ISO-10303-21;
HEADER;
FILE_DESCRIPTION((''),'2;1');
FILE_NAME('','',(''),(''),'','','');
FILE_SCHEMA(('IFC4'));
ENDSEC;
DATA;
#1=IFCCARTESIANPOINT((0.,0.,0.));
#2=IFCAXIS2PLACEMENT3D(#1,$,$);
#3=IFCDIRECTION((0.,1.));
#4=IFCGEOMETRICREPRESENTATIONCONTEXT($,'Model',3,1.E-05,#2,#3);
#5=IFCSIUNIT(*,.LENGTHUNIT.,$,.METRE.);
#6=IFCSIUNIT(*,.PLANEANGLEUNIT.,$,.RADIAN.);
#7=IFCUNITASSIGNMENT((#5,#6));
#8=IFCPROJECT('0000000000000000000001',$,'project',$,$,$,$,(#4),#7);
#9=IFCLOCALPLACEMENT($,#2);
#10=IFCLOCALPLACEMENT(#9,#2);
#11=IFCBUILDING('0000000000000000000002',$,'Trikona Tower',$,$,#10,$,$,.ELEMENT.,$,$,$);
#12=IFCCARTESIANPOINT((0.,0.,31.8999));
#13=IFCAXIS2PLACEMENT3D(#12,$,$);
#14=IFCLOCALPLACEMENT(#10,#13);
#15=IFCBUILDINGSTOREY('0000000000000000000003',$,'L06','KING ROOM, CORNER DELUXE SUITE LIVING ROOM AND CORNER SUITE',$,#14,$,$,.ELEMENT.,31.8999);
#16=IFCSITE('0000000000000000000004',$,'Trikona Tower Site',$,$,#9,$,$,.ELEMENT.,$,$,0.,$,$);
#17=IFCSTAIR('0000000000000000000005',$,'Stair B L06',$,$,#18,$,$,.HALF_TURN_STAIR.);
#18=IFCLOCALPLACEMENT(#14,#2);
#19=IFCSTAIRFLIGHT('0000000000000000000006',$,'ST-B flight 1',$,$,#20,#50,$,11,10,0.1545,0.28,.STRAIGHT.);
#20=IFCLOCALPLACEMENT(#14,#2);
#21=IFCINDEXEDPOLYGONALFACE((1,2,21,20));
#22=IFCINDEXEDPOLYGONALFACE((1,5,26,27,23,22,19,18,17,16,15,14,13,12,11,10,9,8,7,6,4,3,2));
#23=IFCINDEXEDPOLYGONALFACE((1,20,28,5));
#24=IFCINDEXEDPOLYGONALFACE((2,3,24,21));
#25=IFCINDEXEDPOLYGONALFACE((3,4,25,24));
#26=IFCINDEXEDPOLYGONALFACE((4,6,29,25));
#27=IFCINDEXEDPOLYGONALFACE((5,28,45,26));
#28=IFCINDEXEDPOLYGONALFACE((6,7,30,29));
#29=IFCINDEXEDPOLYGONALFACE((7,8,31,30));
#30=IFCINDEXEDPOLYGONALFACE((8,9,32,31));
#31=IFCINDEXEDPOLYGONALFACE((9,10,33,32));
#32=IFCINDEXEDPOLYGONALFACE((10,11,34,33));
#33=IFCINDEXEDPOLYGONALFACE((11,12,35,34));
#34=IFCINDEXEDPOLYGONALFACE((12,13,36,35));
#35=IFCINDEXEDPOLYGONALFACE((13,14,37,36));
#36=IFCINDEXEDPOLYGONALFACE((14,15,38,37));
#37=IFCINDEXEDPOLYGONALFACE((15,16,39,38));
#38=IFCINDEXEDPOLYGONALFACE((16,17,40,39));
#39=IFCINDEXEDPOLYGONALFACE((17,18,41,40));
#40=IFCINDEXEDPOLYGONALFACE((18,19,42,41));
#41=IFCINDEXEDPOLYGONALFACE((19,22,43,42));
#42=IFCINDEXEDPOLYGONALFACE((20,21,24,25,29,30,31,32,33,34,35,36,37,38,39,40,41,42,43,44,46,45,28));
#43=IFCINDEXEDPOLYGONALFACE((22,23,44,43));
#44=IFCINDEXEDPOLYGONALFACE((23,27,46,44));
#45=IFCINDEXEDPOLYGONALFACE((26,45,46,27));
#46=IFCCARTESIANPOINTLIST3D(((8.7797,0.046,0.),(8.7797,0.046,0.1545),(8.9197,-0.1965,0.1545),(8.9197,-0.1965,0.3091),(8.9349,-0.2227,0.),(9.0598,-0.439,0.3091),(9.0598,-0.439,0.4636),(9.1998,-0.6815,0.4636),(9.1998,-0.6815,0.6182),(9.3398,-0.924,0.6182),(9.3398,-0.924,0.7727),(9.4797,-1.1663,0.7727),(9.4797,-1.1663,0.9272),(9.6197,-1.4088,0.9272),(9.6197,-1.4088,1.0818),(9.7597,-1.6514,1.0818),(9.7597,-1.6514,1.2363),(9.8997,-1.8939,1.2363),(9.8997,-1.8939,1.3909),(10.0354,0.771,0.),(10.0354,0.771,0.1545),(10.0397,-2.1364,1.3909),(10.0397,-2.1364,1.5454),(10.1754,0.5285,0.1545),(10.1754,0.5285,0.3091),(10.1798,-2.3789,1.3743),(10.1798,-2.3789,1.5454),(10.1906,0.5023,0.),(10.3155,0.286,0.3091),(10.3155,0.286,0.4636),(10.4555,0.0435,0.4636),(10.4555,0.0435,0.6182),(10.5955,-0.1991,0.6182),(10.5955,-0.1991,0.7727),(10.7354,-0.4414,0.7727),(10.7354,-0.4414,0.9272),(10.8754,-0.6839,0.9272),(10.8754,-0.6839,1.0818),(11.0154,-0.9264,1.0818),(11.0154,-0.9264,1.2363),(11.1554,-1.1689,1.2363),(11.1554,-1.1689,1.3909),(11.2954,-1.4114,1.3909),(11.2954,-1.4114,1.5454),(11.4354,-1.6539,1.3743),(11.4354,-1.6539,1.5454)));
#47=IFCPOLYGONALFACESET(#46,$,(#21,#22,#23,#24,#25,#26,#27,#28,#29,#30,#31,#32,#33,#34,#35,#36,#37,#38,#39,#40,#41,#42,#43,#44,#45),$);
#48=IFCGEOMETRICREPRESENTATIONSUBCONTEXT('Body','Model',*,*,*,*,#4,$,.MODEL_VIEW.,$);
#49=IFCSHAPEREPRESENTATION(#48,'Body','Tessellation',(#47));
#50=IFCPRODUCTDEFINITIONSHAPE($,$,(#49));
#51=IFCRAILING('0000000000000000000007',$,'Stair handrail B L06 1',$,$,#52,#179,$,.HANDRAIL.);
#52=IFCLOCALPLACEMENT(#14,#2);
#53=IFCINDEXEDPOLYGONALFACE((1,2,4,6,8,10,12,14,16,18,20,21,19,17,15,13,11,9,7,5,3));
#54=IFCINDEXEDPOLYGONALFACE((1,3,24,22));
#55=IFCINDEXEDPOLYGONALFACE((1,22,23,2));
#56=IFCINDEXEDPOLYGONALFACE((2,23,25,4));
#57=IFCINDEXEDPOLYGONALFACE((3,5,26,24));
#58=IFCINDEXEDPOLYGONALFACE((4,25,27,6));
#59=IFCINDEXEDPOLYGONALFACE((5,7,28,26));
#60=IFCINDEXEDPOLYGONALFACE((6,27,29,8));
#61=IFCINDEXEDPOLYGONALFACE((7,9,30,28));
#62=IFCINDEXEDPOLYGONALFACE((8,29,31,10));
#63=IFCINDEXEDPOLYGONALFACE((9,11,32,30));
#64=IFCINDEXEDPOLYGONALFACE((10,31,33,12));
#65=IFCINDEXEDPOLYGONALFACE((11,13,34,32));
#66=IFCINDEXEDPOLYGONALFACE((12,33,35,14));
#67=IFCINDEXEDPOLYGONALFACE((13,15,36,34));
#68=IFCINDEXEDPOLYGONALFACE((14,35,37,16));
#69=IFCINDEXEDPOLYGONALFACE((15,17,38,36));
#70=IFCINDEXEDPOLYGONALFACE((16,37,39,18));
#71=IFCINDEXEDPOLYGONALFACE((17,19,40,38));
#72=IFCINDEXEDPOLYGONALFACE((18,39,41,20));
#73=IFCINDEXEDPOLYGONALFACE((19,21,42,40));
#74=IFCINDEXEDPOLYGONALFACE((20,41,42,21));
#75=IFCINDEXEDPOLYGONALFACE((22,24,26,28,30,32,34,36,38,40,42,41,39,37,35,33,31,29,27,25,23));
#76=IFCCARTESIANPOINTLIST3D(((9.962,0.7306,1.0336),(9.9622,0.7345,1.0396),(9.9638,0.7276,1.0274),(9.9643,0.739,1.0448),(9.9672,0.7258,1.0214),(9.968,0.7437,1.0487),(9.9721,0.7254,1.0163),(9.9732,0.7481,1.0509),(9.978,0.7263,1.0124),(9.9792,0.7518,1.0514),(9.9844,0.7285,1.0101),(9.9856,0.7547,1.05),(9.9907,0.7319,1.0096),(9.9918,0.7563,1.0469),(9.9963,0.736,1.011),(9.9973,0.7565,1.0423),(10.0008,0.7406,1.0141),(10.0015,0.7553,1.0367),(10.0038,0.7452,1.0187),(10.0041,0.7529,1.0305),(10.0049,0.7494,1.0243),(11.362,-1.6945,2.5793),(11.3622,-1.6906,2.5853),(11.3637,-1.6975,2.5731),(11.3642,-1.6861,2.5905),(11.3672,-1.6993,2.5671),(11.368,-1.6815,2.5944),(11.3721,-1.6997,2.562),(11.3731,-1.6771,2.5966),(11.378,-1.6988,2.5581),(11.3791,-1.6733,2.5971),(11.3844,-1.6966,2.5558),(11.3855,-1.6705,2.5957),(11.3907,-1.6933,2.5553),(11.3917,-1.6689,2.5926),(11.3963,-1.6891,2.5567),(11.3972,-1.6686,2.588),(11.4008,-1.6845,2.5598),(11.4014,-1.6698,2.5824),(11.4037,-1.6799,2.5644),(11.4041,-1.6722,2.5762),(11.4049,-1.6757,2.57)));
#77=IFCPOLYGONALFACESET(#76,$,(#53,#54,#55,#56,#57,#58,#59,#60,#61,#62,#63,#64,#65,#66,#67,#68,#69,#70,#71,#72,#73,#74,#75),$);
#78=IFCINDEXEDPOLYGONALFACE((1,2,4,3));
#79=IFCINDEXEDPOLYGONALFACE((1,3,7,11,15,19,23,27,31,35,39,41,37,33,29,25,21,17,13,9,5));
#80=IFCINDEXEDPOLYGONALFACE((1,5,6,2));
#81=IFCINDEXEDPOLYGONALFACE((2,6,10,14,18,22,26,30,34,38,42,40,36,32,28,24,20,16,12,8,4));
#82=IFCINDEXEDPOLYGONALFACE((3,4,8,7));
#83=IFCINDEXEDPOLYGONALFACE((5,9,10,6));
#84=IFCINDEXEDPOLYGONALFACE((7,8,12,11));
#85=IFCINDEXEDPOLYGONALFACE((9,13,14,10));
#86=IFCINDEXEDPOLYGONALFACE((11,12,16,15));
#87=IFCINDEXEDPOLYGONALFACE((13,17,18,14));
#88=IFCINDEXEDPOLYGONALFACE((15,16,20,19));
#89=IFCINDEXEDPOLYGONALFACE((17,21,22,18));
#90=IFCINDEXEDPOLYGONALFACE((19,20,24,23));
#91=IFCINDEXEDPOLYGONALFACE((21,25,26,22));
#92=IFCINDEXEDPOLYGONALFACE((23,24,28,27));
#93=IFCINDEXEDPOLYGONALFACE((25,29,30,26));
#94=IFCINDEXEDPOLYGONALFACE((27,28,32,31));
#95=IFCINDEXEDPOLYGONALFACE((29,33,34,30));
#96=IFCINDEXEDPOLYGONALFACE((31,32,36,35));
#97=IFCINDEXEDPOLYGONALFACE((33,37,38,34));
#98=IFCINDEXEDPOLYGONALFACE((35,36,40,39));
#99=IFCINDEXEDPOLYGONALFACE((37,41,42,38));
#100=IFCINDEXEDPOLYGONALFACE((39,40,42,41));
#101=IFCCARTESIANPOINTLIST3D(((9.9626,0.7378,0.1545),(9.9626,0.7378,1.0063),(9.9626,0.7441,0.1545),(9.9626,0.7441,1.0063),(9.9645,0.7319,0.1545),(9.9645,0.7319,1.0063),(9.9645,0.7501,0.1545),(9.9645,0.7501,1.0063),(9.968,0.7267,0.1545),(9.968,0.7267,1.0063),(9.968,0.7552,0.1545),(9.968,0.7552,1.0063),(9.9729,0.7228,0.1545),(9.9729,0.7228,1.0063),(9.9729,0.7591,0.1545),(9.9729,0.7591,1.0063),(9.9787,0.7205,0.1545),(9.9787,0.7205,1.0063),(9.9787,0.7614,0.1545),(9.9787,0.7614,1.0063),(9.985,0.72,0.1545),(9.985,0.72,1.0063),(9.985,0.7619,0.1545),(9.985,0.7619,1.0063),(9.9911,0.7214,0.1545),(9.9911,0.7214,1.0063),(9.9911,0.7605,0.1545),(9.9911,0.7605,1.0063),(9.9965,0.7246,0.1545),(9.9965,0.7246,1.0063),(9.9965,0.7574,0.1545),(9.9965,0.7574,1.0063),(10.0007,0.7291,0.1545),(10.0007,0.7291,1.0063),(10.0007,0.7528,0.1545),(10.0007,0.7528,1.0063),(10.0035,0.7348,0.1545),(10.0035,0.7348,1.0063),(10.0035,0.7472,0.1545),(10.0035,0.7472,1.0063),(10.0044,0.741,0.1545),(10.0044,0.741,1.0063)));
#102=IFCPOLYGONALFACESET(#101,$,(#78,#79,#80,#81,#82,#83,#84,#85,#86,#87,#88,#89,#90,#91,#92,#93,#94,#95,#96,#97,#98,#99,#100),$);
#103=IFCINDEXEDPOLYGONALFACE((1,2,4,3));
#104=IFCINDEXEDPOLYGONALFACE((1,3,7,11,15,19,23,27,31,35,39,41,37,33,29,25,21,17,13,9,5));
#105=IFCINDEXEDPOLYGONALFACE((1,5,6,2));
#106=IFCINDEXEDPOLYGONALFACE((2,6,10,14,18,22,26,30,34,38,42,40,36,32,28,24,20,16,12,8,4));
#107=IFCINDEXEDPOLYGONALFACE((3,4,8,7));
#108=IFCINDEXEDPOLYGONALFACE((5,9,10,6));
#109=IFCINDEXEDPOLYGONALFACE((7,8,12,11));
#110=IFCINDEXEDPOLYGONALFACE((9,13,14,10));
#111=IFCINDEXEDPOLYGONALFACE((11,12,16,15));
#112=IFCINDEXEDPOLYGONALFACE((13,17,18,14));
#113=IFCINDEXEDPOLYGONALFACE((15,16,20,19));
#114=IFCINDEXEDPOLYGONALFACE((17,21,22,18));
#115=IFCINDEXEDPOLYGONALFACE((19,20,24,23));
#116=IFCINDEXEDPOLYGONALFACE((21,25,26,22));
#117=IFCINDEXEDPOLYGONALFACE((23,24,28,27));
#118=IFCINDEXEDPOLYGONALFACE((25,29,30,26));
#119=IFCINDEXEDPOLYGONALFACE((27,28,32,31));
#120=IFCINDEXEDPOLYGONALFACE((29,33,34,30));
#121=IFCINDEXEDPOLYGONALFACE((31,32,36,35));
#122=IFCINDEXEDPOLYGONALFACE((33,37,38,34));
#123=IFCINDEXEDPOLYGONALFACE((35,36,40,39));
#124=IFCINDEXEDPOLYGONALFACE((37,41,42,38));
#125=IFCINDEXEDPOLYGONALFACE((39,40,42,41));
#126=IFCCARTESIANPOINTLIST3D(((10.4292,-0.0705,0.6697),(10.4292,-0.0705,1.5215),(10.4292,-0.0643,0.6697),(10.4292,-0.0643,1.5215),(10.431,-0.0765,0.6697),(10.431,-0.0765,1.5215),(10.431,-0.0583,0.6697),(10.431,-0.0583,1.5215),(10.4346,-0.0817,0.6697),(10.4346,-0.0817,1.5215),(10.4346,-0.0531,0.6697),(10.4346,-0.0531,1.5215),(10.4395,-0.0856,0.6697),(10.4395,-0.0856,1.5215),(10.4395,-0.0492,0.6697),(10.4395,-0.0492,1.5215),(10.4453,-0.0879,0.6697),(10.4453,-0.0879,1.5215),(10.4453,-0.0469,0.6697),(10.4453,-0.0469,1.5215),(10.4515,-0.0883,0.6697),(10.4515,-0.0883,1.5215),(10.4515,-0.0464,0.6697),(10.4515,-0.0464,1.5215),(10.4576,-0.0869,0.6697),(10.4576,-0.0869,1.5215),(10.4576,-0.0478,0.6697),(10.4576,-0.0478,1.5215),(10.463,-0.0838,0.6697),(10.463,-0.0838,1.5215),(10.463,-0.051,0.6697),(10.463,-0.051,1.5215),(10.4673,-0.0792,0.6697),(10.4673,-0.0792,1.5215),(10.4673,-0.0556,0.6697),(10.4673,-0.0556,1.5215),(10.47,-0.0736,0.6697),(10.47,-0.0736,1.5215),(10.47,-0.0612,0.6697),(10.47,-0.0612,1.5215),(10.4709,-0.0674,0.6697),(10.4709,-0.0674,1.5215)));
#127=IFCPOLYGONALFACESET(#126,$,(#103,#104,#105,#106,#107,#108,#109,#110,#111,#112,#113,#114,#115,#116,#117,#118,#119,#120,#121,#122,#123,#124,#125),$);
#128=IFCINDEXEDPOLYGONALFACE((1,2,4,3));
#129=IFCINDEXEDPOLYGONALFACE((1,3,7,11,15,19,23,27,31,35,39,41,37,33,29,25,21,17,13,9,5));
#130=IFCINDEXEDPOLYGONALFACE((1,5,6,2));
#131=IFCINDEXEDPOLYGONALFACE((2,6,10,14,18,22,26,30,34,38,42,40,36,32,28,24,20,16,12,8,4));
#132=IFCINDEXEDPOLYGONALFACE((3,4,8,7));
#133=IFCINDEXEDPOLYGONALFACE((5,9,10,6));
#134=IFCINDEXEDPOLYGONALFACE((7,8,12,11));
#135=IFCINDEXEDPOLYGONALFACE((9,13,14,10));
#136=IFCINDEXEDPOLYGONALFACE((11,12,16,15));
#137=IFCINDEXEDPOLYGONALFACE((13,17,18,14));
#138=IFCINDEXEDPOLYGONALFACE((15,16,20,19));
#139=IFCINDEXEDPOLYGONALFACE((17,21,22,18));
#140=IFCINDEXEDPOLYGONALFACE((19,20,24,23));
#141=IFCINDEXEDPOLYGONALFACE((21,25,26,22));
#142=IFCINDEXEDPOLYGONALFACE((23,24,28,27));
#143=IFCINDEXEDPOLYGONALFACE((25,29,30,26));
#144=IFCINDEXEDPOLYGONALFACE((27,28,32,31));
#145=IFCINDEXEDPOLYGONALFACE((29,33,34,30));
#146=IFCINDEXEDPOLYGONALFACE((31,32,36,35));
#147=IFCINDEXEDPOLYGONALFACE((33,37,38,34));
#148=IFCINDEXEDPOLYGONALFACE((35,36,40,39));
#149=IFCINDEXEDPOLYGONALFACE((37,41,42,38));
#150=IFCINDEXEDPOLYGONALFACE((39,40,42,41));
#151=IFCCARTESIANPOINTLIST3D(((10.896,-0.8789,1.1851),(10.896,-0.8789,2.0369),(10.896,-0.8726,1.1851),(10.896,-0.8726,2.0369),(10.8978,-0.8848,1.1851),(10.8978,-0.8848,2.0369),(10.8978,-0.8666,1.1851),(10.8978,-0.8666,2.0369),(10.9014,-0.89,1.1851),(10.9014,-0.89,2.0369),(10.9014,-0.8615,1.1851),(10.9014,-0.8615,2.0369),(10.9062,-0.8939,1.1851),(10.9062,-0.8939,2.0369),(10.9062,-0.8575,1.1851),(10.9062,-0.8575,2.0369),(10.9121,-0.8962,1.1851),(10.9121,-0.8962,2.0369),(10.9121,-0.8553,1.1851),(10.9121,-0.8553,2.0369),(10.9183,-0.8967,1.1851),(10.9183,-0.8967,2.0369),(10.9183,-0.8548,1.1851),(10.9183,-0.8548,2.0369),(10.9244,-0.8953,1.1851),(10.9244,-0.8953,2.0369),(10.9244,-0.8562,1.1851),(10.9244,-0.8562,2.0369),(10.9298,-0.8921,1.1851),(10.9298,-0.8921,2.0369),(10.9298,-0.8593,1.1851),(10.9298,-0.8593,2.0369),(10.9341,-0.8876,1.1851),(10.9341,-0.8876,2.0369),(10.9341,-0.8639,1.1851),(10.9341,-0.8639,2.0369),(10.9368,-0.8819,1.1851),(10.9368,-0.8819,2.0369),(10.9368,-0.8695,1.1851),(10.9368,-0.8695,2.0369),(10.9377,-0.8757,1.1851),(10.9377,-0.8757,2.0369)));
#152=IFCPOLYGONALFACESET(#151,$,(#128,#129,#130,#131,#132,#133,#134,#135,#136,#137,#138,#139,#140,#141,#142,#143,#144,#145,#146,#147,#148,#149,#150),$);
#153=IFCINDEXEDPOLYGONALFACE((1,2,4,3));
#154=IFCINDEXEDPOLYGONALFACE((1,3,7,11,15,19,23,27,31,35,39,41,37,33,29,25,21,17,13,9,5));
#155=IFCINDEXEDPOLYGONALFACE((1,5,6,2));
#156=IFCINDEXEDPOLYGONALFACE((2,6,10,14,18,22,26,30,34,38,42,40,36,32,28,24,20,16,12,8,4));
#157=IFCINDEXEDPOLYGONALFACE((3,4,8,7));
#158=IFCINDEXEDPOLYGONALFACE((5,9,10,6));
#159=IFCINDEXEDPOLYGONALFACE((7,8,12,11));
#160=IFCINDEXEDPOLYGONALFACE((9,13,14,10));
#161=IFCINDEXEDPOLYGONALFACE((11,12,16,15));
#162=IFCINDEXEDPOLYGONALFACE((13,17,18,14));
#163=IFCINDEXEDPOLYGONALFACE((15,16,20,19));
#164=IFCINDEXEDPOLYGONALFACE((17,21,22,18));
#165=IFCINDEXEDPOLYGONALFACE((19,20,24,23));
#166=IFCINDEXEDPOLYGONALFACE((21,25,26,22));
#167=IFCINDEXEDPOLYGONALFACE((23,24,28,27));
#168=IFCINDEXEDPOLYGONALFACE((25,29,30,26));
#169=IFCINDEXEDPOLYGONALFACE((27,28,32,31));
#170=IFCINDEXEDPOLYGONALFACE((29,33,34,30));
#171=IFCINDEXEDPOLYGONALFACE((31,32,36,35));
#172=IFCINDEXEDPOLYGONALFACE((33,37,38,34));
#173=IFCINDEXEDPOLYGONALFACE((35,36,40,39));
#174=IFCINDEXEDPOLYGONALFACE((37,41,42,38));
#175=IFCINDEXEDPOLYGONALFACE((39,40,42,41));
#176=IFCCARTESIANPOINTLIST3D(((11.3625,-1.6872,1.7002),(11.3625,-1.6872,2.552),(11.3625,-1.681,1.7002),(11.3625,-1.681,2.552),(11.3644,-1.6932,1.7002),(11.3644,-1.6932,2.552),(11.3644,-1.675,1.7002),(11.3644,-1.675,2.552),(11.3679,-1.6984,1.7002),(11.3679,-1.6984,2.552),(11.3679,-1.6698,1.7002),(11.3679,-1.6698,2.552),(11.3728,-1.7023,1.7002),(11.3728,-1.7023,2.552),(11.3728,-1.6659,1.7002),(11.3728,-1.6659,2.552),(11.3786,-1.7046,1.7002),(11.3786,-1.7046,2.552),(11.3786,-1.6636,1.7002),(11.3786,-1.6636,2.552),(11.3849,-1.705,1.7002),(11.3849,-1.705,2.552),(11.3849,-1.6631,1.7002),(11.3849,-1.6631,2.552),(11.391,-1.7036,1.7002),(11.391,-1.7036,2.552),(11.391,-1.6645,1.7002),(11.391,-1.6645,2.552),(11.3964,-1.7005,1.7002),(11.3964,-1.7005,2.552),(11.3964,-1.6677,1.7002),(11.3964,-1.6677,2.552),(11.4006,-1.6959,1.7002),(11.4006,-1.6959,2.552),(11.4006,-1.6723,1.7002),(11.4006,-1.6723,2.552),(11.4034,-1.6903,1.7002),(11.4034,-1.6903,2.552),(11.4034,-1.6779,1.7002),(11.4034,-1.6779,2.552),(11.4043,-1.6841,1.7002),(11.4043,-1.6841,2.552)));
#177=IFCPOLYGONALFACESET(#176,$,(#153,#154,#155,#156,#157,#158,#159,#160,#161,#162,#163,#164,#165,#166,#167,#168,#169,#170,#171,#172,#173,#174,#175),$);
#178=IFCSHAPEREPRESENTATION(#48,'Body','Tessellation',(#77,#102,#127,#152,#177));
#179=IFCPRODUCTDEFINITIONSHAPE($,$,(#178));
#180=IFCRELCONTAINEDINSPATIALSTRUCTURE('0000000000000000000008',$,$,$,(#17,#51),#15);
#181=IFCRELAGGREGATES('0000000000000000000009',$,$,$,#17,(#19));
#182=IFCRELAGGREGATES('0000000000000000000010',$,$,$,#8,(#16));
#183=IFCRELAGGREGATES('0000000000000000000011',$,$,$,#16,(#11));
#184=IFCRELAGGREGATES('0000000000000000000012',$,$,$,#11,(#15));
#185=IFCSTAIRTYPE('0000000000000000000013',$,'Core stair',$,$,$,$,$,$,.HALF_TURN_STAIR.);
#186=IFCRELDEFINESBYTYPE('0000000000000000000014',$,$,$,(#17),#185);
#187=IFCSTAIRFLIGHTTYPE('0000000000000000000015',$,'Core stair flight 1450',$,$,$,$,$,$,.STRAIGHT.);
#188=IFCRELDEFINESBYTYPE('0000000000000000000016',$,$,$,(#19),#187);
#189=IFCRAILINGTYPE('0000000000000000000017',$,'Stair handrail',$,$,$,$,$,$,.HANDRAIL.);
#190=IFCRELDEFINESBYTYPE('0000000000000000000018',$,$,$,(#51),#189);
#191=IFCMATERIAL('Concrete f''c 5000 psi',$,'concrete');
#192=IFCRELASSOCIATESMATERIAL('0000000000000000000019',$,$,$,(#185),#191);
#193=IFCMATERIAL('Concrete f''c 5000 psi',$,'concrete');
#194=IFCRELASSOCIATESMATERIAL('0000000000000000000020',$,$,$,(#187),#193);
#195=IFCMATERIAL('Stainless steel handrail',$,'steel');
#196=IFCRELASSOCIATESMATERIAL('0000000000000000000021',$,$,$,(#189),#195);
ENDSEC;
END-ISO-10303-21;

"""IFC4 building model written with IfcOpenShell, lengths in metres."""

from ifc_helpers import new_model, si_unit, direction, frame, origin, origin_2d, place, context, subcontext, project, spatial, polyline, circle, outline, extrude, material, type_object, element, aggregate, save


model = new_model("IFC4")

# Units and contexts
model_context = context("Model", 3, precision=1e-05, world=origin(), true_north=direction((0.0, 1.0)))
body_context = subcontext(model_context, "Body", "Model", "MODEL_VIEW")
ifc_project = project(units=[si_unit("LENGTHUNIT", "METRE"), si_unit("PLANEANGLEUNIT", "RADIAN")], contexts=[model_context])

# Site, building, storey
site_placement = place(None, origin())
site = spatial("IfcSite", under=ifc_project, at=site_placement, Name="Trikona Tower Site", CompositionType="ELEMENT", RefElevation=0.0)
building_placement = place(site_placement, origin())
building = spatial("IfcBuilding", under=site, at=building_placement, Name="Trikona Tower", CompositionType="ELEMENT")
storey_placement = place(building_placement, frame((0.0, 0.0, 31.8999)))
storey = spatial("IfcBuildingStorey", under=building, at=storey_placement, Name="L06", Description="KING ROOM, CORNER DELUXE SUITE LIVING ROOM AND CORNER SUITE", CompositionType="ELEMENT", Elevation=31.8999)

# Stair
ifc_material_1 = material(Name="Concrete f'c 5000 psi", Category="concrete")
stair_type = type_object("IfcStairType", Name="Core stair", PredefinedType="HALF_TURN_STAIR", material=ifc_material_1)
stair_1_placement = place(storey_placement, origin())
stair_1 = element("IfcStair", 1, at=stair_1_placement, inside=storey, type_object=stair_type, Name="Stair B L06", PredefinedType="HALF_TURN_STAIR")

# Stair flight
ifc_material_2 = material(Name="Concrete f'c 5000 psi", Category="concrete")
stair_flight_type = type_object("IfcStairFlightType", Name="Core stair flight 1450", PredefinedType="STRAIGHT", material=ifc_material_2)
stair_flight_placement = place(storey_placement, frame((9.4075, 0.4084, 0.0), z_axis=(0.0, 0.0, 1.0), x_axis=(0.5, -0.866025, 0.0)))
stair_flight = element("IfcStairFlight", 2, at=stair_flight_placement, type_object=stair_flight_type, Name="ST-B flight 1", NumberOfRisers=11, NumberOfTreads=10, PredefinedType="STRAIGHT", RiserHeight=0.1545, TreadLength=0.28, context=body_context, shape_type="SweptSolid", body=[
    extrude(outline(polyline([(0.0, 0.0), (0.0, 0.1545), (0.28, 0.1545), (0.28, 0.3091), (0.5601, 0.3091), (0.5601, 0.4636), (0.8401, 0.4636), (0.8401, 0.6182), (1.1201, 0.6182), (1.1201, 0.7727), (1.3999, 0.7727), (1.3999, 0.9272), (1.6799, 0.9272), (1.6799, 1.0818), (1.96, 1.0818), (1.96, 1.2363), (2.24, 1.2363), (2.24, 1.3909), (2.52, 1.3909), (2.52, 1.5454), (2.8, 1.5454), (2.8, 1.7), (2.8, 1.3743), (0.3103, 0.0), (0.0, 0.0)])), frame((0.0, 0.7251, 0.0), z_axis=(0.0, -1.0, 0.0), x_axis=(1.0, 0.0, 0.0)), (0.0, 0.0, 1.0), 1.45),
])
aggregate(stair_1, [stair_flight])

# Railing
ifc_material_3 = material(Name="Stainless steel handrail", Category="steel")
railing_type = type_object("IfcRailingType", Name="Stair handrail", PredefinedType="HANDRAIL", material=ifc_material_3)
railing_placement = place(storey_placement, frame((9.9834, 0.741, 0.1545)))
element("IfcRailing", 3, at=railing_placement, inside=storey, type_object=railing_type, Name="Stair handrail B L06 1", PredefinedType="HANDRAIL", context=body_context, shape_type="SweptSolid", body=[
    extrude(circle(Radius=0.0239, at=origin_2d()), frame((0.0, 0.0, 0.876), z_axis=(0.437691, -0.758212, 0.483262), x_axis=(0.866056, 0.499946, 0.0)), (0.0, 0.0, 1.0), 3.1985),
    extrude(circle(Radius=0.021, at=origin_2d()), origin(), (0.0, 0.0, 1.0), 0.8518),
    extrude(circle(Radius=0.021, at=origin_2d()), frame((0.4666, -0.8083, 0.5151)), (0.0, 0.0, 1.0), 0.8518),
    extrude(circle(Radius=0.021, at=origin_2d()), frame((0.9333, -1.6167, 1.0305)), (0.0, 0.0, 1.0), 0.8518),
    extrude(circle(Radius=0.021, at=origin_2d()), frame((1.3999, -2.425, 1.5457)), (0.0, 0.0, 1.0), 0.8518),
])

save(model, "model.ifc")
